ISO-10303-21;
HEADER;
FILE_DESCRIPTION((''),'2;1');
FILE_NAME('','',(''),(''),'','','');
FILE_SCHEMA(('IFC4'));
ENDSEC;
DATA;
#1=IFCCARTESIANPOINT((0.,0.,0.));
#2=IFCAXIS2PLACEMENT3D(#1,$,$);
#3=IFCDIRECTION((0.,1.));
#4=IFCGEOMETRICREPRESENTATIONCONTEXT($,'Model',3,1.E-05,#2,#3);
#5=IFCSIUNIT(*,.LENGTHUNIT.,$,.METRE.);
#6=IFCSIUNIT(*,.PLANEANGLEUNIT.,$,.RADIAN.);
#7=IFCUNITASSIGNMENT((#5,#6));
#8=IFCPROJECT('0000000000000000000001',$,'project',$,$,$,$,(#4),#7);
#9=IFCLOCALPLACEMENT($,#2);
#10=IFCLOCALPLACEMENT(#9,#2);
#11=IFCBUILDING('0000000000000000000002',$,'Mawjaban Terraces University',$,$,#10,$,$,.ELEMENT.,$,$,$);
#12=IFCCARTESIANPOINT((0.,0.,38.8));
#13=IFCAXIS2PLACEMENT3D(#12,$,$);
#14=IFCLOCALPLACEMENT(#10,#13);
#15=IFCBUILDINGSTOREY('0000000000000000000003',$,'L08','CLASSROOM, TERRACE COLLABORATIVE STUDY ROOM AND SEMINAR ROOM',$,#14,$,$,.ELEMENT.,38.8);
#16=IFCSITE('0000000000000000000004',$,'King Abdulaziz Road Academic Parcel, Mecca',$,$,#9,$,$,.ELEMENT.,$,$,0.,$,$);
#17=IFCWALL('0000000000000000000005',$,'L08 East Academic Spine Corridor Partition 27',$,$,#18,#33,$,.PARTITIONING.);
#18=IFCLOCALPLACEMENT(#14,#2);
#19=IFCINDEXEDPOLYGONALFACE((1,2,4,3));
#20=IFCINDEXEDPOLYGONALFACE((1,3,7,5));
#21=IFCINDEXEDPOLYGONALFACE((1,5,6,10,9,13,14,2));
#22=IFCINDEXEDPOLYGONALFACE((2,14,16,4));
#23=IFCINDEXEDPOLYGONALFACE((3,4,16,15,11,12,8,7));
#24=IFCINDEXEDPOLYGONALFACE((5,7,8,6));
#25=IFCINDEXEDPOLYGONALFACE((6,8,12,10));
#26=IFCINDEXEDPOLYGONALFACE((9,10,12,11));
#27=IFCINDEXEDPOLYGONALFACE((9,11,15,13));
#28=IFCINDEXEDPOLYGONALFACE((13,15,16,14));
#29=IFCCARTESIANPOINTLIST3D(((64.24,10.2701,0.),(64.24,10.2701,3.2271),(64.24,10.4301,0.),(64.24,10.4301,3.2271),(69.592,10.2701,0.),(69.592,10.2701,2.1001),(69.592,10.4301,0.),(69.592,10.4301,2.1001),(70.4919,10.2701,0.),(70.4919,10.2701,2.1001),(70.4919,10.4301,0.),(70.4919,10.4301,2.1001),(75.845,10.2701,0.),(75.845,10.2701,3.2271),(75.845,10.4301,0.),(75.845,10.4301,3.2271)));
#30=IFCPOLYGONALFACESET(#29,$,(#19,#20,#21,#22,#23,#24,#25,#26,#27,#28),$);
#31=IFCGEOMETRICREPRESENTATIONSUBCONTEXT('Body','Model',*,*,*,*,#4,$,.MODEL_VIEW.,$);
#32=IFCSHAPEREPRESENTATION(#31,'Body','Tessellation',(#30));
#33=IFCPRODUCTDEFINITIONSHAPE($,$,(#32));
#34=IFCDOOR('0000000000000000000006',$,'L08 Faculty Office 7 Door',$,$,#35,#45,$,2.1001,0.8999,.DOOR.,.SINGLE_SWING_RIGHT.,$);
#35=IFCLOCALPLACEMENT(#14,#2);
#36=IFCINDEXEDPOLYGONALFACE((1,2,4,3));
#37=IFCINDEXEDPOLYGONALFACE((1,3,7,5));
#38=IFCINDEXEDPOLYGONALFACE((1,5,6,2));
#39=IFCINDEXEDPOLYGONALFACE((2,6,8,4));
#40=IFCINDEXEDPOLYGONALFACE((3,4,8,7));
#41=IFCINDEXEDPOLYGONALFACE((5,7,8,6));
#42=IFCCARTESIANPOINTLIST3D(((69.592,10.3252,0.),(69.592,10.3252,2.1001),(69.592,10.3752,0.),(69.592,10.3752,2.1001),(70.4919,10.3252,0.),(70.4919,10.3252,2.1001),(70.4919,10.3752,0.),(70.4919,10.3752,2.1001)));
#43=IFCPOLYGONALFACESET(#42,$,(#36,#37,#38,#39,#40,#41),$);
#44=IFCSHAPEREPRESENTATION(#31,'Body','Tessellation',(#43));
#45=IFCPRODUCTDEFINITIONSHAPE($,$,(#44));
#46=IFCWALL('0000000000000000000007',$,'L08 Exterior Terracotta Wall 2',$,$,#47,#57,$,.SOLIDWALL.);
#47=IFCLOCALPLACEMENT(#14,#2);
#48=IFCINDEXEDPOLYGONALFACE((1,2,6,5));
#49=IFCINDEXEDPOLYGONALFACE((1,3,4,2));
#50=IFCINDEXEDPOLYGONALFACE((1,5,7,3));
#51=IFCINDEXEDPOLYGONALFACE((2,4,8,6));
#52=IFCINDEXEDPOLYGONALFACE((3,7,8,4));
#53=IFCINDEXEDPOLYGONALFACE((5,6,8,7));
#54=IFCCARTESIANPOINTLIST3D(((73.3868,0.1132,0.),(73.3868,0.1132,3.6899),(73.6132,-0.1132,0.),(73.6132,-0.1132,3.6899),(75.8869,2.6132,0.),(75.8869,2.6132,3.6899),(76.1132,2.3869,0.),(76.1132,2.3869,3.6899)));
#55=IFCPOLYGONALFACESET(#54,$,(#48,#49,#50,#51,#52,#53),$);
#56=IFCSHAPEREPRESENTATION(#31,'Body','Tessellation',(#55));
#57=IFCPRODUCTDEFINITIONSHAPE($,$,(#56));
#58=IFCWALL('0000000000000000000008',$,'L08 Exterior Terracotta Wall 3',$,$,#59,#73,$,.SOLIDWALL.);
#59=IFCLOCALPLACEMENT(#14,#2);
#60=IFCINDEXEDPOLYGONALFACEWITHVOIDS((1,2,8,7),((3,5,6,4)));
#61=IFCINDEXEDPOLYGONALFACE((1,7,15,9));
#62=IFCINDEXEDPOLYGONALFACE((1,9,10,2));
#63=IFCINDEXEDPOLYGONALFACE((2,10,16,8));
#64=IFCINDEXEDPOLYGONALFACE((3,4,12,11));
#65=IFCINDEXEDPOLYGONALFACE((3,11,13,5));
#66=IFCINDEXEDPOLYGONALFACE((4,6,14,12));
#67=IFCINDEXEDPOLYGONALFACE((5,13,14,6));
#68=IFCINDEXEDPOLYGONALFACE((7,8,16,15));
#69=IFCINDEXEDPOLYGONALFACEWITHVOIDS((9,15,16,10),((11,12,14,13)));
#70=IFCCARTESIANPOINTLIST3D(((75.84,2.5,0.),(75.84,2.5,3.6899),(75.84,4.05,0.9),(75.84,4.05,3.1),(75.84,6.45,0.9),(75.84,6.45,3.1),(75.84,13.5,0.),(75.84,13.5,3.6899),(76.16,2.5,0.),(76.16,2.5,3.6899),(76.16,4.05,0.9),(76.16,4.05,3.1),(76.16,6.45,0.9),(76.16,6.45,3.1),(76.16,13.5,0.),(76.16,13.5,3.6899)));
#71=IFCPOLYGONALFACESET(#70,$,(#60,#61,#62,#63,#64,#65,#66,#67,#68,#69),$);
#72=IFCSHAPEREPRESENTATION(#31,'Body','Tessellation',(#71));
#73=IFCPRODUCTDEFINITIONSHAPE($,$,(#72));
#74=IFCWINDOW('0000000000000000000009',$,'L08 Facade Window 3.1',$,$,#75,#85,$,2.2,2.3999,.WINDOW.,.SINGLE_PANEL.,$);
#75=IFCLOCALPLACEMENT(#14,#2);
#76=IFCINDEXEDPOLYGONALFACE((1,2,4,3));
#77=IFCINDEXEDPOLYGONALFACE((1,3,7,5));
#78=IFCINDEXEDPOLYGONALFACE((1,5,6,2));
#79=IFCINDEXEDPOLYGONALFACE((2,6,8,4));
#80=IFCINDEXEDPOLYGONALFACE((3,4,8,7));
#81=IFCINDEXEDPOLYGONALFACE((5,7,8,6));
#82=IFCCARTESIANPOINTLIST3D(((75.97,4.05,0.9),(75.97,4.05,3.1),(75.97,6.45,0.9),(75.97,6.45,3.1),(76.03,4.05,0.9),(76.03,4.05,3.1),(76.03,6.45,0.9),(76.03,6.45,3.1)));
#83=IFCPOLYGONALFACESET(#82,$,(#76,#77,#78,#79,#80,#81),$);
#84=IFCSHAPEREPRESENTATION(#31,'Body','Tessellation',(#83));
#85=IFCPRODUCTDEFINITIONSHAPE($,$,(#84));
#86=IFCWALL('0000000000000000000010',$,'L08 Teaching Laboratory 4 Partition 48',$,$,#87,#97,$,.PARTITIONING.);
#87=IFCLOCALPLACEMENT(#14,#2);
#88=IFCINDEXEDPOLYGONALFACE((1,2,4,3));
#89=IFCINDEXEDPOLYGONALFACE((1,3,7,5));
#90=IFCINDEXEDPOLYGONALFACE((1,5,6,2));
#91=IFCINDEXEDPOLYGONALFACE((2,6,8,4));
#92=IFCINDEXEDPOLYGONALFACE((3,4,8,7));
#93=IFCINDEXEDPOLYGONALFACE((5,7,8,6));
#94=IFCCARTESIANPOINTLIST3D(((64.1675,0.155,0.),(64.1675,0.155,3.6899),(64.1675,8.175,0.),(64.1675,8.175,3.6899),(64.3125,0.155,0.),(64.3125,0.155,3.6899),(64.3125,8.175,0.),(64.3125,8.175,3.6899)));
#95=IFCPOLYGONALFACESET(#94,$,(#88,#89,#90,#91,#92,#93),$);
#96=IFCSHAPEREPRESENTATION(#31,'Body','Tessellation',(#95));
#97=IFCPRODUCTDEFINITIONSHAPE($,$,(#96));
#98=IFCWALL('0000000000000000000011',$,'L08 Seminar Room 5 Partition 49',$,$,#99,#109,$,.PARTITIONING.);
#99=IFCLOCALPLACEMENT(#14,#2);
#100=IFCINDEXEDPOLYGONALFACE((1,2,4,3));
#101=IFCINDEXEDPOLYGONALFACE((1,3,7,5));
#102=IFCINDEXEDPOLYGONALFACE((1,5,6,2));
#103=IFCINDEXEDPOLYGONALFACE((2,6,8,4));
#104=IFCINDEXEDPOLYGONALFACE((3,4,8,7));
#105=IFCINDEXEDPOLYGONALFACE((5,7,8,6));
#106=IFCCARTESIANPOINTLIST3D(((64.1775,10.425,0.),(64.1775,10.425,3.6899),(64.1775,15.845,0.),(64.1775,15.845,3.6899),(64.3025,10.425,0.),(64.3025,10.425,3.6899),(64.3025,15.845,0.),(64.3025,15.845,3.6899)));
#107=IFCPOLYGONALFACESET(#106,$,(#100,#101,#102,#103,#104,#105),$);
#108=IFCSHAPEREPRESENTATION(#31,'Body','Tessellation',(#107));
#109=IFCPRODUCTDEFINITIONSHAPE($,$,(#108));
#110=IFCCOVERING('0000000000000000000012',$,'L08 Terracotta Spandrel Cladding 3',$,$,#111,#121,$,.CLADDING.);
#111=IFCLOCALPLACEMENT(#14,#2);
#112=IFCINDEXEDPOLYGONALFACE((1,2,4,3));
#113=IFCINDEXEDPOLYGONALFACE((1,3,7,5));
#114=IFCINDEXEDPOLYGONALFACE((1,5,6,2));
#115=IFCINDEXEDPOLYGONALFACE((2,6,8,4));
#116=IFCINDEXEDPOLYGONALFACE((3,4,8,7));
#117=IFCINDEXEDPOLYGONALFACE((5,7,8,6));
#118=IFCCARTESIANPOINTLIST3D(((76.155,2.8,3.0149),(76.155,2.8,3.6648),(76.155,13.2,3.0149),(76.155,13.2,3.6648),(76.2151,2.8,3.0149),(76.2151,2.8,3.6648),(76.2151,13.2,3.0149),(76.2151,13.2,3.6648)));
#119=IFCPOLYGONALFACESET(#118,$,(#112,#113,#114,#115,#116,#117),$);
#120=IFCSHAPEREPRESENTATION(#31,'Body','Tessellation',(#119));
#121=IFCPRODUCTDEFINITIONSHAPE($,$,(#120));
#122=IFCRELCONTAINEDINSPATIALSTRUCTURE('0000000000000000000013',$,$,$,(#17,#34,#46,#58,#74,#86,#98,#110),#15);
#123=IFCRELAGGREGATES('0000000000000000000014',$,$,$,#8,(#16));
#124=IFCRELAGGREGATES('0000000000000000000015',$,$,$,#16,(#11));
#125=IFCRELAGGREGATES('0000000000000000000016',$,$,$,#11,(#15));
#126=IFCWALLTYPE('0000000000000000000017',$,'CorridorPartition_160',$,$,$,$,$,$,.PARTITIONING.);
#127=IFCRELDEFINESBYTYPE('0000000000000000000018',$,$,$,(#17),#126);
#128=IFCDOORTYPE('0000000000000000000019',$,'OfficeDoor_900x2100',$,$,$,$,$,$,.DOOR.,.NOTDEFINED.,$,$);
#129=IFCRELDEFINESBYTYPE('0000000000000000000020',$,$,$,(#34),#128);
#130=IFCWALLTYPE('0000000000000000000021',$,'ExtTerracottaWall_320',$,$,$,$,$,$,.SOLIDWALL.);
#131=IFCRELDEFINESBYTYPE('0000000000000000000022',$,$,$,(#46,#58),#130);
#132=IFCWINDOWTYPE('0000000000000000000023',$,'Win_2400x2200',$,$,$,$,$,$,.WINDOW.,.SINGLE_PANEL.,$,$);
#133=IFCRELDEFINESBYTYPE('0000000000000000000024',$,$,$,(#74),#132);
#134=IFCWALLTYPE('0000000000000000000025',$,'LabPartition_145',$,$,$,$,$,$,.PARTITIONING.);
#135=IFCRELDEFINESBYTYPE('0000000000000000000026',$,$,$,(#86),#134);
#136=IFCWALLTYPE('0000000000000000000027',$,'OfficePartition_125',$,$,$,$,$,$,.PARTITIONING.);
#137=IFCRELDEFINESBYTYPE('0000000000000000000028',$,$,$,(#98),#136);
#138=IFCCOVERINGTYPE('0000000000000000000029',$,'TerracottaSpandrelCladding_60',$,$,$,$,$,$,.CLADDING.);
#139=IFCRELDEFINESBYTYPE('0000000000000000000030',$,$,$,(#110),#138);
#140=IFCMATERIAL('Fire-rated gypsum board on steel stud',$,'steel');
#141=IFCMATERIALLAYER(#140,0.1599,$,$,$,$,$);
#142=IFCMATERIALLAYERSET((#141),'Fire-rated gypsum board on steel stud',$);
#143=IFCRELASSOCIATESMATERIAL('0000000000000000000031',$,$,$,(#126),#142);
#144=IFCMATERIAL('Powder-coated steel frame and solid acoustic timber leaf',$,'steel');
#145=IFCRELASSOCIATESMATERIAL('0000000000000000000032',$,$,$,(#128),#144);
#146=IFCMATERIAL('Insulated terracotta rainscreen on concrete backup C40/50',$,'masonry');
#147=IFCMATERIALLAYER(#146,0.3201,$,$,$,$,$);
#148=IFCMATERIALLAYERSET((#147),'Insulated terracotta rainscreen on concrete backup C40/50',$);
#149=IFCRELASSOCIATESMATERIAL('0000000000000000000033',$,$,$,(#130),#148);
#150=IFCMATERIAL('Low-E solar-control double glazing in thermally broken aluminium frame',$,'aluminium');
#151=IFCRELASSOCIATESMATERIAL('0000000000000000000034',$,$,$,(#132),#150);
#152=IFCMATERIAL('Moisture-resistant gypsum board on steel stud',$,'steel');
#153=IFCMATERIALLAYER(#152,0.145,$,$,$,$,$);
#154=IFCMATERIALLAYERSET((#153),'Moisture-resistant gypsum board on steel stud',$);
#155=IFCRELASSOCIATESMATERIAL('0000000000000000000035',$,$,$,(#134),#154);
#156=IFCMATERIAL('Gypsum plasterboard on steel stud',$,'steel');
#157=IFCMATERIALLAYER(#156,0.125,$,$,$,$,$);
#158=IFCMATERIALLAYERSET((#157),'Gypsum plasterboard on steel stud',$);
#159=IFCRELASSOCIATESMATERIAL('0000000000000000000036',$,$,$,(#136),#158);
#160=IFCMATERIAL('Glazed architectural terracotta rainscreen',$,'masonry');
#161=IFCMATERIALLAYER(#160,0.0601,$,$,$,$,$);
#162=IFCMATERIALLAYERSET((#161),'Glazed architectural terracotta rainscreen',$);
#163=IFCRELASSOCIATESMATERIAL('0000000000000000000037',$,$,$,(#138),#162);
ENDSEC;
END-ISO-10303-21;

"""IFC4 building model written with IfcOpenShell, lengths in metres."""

from ifc_helpers import new_model, si_unit, direction, frame, frame_2d, origin, origin_2d, place, context, subcontext, project, spatial, rectangle, extrude, material, layer, layer_set, type_object, element, fill, save


model = new_model("IFC4")

# Units and contexts
model_context = context("Model", 3, precision=1e-05, world=origin(), true_north=direction((0.0, 1.0)))
body_context = subcontext(model_context, "Body", "Model", "MODEL_VIEW")
ifc_project = project(units=[si_unit("LENGTHUNIT", "METRE"), si_unit("PLANEANGLEUNIT", "RADIAN")], contexts=[model_context])

# Site, building, storey
site_placement = place(None, origin())
site = spatial("IfcSite", under=ifc_project, at=site_placement, Name="King Abdulaziz Road Academic Parcel, Mecca", CompositionType="ELEMENT", RefElevation=0.0)
building_placement = place(site_placement, origin())
building = spatial("IfcBuilding", under=site, at=building_placement, Name="Mawjaban Terraces University", CompositionType="ELEMENT")
storey_placement = place(building_placement, frame((0.0, 0.0, 38.8)))
storey = spatial("IfcBuildingStorey", under=building, at=storey_placement, Name="L08", Description="CLASSROOM, TERRACE COLLABORATIVE STUDY ROOM AND SEMINAR ROOM", CompositionType="ELEMENT", Elevation=38.8)

# Wall, opening, door
ifc_material_1 = material(Name="Fire-rated gypsum board on steel stud", Category="steel")
ifc_layer_1 = layer(ifc_material_1, 0.1599)
ifc_layer_set_1 = layer_set([ifc_layer_1], Name="Fire-rated gypsum board on steel stud")
wall_type_1 = type_object("IfcWallType", Name="CorridorPartition_160", PredefinedType="PARTITIONING", material=ifc_layer_set_1)
ifc_material_2 = material(Name="Powder-coated steel frame and solid acoustic timber leaf", Category="steel")
door_type_1 = type_object("IfcDoorType", Name="OfficeDoor_900x2100", OperationType="NOTDEFINED", PredefinedType="DOOR", material=ifc_material_2)
wall_1_placement = place(storey_placement, frame((75.845, 10.3501, 0.0), z_axis=(0.0, 0.0, 1.0), x_axis=(-1.0, 0.0, 0.0)))
wall_1 = element("IfcWall", 1, at=wall_1_placement, inside=storey, type_object=wall_type_1, Name="L08 East Academic Spine Corridor Partition 27", PredefinedType="PARTITIONING", context=body_context, shape_type="SweptSolid", body=[
    extrude(rectangle(XDim=11.605, YDim=0.1599, at=frame_2d((5.8025, 0.0))), origin(), (0.0, 0.0, 1.0), 3.2271),
])
opening_1_placement = place(wall_1_placement, frame((5.353, 0.0, 0.0)))
opening_1 = element("IfcOpeningElement", 2, at=opening_1_placement, cuts=wall_1, PredefinedType="OPENING", context=body_context, shape_type="SweptSolid", body=[
    extrude(rectangle(XDim=0.8999, YDim=2.1001, at=frame_2d((0.45, 1.05))), frame((0.0, 0.0898, 0.0), z_axis=(0.0, -1.0, 0.0), x_axis=(1.0, 0.0, 0.0)), (0.0, 0.0, 1.0), 0.1799),
])
door_1_placement = place(opening_1_placement, origin())
door_1 = element("IfcDoor", 3, at=door_1_placement, inside=storey, type_object=door_type_1, Name="L08 Faculty Office 7 Door", OperationType="SINGLE_SWING_RIGHT", OverallHeight=2.1001, OverallWidth=0.8999, PredefinedType="DOOR", context=body_context, shape_type="SweptSolid", body=[
    extrude(rectangle(XDim=0.8999, YDim=2.1001, at=frame_2d((0.45, 1.05))), frame((0.0, 0.0249, 0.0), z_axis=(0.0, -1.0, 0.0), x_axis=(1.0, 0.0, 0.0)), (0.0, 0.0, 1.0), 0.05),
])
fill(opening_1, door_1)

# Wall
ifc_material_3 = material(Name="Insulated terracotta rainscreen on concrete backup C40/50", Category="masonry")
ifc_layer_2 = layer(ifc_material_3, 0.3201)
ifc_layer_set_2 = layer_set([ifc_layer_2], Name="Insulated terracotta rainscreen on concrete backup C40/50")
wall_type_2 = type_object("IfcWallType", Name="ExtTerracottaWall_320", PredefinedType="SOLIDWALL", material=ifc_layer_set_2)
wall_2_placement = place(storey_placement, frame((73.5, 0.0, 0.0), z_axis=(0.0, 0.0, 1.0), x_axis=(0.707107, 0.707107, 0.0)))
element("IfcWall", 4, at=wall_2_placement, inside=storey, type_object=wall_type_2, Name="L08 Exterior Terracotta Wall 2", PredefinedType="SOLIDWALL", context=body_context, shape_type="SweptSolid", body=[
    extrude(rectangle(XDim=3.5356, YDim=0.3201, at=frame_2d((1.7678, 0.0))), origin(), (0.0, 0.0, 1.0), 3.6899),
])

# Wall, opening, window
wall_3_placement = place(storey_placement, frame((76.0, 2.5, 0.0), z_axis=(0.0, 0.0, 1.0), x_axis=(0.0, 1.0, 0.0)))
wall_3 = element("IfcWall", 5, at=wall_3_placement, inside=storey, type_object=wall_type_2, Name="L08 Exterior Terracotta Wall 3", PredefinedType="SOLIDWALL", context=body_context, shape_type="SweptSolid", body=[
    extrude(rectangle(XDim=11.0, YDim=0.3201, at=frame_2d((5.5, 0.0))), origin(), (0.0, 0.0, 1.0), 3.6899),
])
opening_2_placement = place(wall_3_placement, frame((1.55, 0.0, 0.8999)))
opening_2 = element("IfcOpeningElement", 6, at=opening_2_placement, cuts=wall_3, PredefinedType="OPENING", context=body_context, shape_type="SweptSolid", body=[
    extrude(rectangle(XDim=2.3999, YDim=2.2, at=frame_2d((1.2, 1.1001))), frame((0.0, 0.1699, 0.0), z_axis=(0.0, -1.0, 0.0), x_axis=(1.0, 0.0, 0.0)), (0.0, 0.0, 1.0), 0.3401),
])
ifc_material_4 = material(Name="Low-E solar-control double glazing in thermally broken aluminium frame", Category="aluminium")
window_type = type_object("IfcWindowType", Name="Win_2400x2200", PartitioningType="SINGLE_PANEL", PredefinedType="WINDOW", material=ifc_material_4)
window_placement = place(opening_2_placement, origin())
window = element("IfcWindow", 7, at=window_placement, inside=storey, type_object=window_type, Name="L08 Facade Window 3.1", OverallHeight=2.2, OverallWidth=2.3999, PartitioningType="SINGLE_PANEL", PredefinedType="WINDOW", context=body_context, shape_type="SweptSolid", body=[
    extrude(rectangle(XDim=2.3999, YDim=2.2, at=frame_2d((1.2, 1.1001))), frame((0.0, 0.03, 0.0), z_axis=(0.0, -1.0, 0.0), x_axis=(1.0, 0.0, 0.0)), (0.0, 0.0, 1.0), 0.0601),
])
fill(opening_2, window)

# Walls
ifc_material_5 = material(Name="Moisture-resistant gypsum board on steel stud", Category="steel")
ifc_layer_3 = layer(ifc_material_5, 0.145)
ifc_layer_set_3 = layer_set([ifc_layer_3], Name="Moisture-resistant gypsum board on steel stud")
wall_type_3 = type_object("IfcWallType", Name="LabPartition_145", PredefinedType="PARTITIONING", material=ifc_layer_set_3)
wall_4_placement = place(storey_placement, frame((64.24, 0.155, 0.0), z_axis=(0.0, 0.0, 1.0), x_axis=(0.0, 1.0, 0.0)))
element("IfcWall", 8, at=wall_4_placement, inside=storey, type_object=wall_type_3, Name="L08 Teaching Laboratory 4 Partition 48", PredefinedType="PARTITIONING", context=body_context, shape_type="SweptSolid", body=[
    extrude(rectangle(XDim=8.02, YDim=0.145, at=frame_2d((4.01, 0.0))), origin(), (0.0, 0.0, 1.0), 3.6899),
])
ifc_material_6 = material(Name="Gypsum plasterboard on steel stud", Category="steel")
ifc_layer_4 = layer(ifc_material_6, 0.125)
ifc_layer_set_4 = layer_set([ifc_layer_4], Name="Gypsum plasterboard on steel stud")
wall_type_4 = type_object("IfcWallType", Name="OfficePartition_125", PredefinedType="PARTITIONING", material=ifc_layer_set_4)
wall_5_placement = place(storey_placement, frame((64.24, 10.425, 0.0), z_axis=(0.0, 0.0, 1.0), x_axis=(0.0, 1.0, 0.0)))
element("IfcWall", 9, at=wall_5_placement, inside=storey, type_object=wall_type_4, Name="L08 Seminar Room 5 Partition 49", PredefinedType="PARTITIONING", context=body_context, shape_type="SweptSolid", body=[
    extrude(rectangle(XDim=5.4199, YDim=0.125, at=frame_2d((2.71, 0.0))), origin(), (0.0, 0.0, 1.0), 3.6899),
])

# Covering
ifc_material_7 = material(Name="Glazed architectural terracotta rainscreen", Category="masonry")
ifc_layer_5 = layer(ifc_material_7, 0.0601)
ifc_layer_set_5 = layer_set([ifc_layer_5], Name="Glazed architectural terracotta rainscreen")
covering_type = type_object("IfcCoveringType", Name="TerracottaSpandrelCladding_60", PredefinedType="CLADDING", material=ifc_layer_set_5)
covering_placement = place(storey_placement, frame((76.1851, 8.0, 3.0149), z_axis=(0.0, 0.0, 1.0), x_axis=(0.0, 1.0, 0.0)))
element("IfcCovering", 10, at=covering_placement, inside=storey, type_object=covering_type, Name="L08 Terracotta Spandrel Cladding 3", PredefinedType="CLADDING", context=body_context, shape_type="SweptSolid", body=[
    extrude(rectangle(XDim=10.3999, YDim=0.0601, at=origin_2d()), origin(), (0.0, 0.0, 1.0), 0.6499),
])

save(model, "model.ifc")
